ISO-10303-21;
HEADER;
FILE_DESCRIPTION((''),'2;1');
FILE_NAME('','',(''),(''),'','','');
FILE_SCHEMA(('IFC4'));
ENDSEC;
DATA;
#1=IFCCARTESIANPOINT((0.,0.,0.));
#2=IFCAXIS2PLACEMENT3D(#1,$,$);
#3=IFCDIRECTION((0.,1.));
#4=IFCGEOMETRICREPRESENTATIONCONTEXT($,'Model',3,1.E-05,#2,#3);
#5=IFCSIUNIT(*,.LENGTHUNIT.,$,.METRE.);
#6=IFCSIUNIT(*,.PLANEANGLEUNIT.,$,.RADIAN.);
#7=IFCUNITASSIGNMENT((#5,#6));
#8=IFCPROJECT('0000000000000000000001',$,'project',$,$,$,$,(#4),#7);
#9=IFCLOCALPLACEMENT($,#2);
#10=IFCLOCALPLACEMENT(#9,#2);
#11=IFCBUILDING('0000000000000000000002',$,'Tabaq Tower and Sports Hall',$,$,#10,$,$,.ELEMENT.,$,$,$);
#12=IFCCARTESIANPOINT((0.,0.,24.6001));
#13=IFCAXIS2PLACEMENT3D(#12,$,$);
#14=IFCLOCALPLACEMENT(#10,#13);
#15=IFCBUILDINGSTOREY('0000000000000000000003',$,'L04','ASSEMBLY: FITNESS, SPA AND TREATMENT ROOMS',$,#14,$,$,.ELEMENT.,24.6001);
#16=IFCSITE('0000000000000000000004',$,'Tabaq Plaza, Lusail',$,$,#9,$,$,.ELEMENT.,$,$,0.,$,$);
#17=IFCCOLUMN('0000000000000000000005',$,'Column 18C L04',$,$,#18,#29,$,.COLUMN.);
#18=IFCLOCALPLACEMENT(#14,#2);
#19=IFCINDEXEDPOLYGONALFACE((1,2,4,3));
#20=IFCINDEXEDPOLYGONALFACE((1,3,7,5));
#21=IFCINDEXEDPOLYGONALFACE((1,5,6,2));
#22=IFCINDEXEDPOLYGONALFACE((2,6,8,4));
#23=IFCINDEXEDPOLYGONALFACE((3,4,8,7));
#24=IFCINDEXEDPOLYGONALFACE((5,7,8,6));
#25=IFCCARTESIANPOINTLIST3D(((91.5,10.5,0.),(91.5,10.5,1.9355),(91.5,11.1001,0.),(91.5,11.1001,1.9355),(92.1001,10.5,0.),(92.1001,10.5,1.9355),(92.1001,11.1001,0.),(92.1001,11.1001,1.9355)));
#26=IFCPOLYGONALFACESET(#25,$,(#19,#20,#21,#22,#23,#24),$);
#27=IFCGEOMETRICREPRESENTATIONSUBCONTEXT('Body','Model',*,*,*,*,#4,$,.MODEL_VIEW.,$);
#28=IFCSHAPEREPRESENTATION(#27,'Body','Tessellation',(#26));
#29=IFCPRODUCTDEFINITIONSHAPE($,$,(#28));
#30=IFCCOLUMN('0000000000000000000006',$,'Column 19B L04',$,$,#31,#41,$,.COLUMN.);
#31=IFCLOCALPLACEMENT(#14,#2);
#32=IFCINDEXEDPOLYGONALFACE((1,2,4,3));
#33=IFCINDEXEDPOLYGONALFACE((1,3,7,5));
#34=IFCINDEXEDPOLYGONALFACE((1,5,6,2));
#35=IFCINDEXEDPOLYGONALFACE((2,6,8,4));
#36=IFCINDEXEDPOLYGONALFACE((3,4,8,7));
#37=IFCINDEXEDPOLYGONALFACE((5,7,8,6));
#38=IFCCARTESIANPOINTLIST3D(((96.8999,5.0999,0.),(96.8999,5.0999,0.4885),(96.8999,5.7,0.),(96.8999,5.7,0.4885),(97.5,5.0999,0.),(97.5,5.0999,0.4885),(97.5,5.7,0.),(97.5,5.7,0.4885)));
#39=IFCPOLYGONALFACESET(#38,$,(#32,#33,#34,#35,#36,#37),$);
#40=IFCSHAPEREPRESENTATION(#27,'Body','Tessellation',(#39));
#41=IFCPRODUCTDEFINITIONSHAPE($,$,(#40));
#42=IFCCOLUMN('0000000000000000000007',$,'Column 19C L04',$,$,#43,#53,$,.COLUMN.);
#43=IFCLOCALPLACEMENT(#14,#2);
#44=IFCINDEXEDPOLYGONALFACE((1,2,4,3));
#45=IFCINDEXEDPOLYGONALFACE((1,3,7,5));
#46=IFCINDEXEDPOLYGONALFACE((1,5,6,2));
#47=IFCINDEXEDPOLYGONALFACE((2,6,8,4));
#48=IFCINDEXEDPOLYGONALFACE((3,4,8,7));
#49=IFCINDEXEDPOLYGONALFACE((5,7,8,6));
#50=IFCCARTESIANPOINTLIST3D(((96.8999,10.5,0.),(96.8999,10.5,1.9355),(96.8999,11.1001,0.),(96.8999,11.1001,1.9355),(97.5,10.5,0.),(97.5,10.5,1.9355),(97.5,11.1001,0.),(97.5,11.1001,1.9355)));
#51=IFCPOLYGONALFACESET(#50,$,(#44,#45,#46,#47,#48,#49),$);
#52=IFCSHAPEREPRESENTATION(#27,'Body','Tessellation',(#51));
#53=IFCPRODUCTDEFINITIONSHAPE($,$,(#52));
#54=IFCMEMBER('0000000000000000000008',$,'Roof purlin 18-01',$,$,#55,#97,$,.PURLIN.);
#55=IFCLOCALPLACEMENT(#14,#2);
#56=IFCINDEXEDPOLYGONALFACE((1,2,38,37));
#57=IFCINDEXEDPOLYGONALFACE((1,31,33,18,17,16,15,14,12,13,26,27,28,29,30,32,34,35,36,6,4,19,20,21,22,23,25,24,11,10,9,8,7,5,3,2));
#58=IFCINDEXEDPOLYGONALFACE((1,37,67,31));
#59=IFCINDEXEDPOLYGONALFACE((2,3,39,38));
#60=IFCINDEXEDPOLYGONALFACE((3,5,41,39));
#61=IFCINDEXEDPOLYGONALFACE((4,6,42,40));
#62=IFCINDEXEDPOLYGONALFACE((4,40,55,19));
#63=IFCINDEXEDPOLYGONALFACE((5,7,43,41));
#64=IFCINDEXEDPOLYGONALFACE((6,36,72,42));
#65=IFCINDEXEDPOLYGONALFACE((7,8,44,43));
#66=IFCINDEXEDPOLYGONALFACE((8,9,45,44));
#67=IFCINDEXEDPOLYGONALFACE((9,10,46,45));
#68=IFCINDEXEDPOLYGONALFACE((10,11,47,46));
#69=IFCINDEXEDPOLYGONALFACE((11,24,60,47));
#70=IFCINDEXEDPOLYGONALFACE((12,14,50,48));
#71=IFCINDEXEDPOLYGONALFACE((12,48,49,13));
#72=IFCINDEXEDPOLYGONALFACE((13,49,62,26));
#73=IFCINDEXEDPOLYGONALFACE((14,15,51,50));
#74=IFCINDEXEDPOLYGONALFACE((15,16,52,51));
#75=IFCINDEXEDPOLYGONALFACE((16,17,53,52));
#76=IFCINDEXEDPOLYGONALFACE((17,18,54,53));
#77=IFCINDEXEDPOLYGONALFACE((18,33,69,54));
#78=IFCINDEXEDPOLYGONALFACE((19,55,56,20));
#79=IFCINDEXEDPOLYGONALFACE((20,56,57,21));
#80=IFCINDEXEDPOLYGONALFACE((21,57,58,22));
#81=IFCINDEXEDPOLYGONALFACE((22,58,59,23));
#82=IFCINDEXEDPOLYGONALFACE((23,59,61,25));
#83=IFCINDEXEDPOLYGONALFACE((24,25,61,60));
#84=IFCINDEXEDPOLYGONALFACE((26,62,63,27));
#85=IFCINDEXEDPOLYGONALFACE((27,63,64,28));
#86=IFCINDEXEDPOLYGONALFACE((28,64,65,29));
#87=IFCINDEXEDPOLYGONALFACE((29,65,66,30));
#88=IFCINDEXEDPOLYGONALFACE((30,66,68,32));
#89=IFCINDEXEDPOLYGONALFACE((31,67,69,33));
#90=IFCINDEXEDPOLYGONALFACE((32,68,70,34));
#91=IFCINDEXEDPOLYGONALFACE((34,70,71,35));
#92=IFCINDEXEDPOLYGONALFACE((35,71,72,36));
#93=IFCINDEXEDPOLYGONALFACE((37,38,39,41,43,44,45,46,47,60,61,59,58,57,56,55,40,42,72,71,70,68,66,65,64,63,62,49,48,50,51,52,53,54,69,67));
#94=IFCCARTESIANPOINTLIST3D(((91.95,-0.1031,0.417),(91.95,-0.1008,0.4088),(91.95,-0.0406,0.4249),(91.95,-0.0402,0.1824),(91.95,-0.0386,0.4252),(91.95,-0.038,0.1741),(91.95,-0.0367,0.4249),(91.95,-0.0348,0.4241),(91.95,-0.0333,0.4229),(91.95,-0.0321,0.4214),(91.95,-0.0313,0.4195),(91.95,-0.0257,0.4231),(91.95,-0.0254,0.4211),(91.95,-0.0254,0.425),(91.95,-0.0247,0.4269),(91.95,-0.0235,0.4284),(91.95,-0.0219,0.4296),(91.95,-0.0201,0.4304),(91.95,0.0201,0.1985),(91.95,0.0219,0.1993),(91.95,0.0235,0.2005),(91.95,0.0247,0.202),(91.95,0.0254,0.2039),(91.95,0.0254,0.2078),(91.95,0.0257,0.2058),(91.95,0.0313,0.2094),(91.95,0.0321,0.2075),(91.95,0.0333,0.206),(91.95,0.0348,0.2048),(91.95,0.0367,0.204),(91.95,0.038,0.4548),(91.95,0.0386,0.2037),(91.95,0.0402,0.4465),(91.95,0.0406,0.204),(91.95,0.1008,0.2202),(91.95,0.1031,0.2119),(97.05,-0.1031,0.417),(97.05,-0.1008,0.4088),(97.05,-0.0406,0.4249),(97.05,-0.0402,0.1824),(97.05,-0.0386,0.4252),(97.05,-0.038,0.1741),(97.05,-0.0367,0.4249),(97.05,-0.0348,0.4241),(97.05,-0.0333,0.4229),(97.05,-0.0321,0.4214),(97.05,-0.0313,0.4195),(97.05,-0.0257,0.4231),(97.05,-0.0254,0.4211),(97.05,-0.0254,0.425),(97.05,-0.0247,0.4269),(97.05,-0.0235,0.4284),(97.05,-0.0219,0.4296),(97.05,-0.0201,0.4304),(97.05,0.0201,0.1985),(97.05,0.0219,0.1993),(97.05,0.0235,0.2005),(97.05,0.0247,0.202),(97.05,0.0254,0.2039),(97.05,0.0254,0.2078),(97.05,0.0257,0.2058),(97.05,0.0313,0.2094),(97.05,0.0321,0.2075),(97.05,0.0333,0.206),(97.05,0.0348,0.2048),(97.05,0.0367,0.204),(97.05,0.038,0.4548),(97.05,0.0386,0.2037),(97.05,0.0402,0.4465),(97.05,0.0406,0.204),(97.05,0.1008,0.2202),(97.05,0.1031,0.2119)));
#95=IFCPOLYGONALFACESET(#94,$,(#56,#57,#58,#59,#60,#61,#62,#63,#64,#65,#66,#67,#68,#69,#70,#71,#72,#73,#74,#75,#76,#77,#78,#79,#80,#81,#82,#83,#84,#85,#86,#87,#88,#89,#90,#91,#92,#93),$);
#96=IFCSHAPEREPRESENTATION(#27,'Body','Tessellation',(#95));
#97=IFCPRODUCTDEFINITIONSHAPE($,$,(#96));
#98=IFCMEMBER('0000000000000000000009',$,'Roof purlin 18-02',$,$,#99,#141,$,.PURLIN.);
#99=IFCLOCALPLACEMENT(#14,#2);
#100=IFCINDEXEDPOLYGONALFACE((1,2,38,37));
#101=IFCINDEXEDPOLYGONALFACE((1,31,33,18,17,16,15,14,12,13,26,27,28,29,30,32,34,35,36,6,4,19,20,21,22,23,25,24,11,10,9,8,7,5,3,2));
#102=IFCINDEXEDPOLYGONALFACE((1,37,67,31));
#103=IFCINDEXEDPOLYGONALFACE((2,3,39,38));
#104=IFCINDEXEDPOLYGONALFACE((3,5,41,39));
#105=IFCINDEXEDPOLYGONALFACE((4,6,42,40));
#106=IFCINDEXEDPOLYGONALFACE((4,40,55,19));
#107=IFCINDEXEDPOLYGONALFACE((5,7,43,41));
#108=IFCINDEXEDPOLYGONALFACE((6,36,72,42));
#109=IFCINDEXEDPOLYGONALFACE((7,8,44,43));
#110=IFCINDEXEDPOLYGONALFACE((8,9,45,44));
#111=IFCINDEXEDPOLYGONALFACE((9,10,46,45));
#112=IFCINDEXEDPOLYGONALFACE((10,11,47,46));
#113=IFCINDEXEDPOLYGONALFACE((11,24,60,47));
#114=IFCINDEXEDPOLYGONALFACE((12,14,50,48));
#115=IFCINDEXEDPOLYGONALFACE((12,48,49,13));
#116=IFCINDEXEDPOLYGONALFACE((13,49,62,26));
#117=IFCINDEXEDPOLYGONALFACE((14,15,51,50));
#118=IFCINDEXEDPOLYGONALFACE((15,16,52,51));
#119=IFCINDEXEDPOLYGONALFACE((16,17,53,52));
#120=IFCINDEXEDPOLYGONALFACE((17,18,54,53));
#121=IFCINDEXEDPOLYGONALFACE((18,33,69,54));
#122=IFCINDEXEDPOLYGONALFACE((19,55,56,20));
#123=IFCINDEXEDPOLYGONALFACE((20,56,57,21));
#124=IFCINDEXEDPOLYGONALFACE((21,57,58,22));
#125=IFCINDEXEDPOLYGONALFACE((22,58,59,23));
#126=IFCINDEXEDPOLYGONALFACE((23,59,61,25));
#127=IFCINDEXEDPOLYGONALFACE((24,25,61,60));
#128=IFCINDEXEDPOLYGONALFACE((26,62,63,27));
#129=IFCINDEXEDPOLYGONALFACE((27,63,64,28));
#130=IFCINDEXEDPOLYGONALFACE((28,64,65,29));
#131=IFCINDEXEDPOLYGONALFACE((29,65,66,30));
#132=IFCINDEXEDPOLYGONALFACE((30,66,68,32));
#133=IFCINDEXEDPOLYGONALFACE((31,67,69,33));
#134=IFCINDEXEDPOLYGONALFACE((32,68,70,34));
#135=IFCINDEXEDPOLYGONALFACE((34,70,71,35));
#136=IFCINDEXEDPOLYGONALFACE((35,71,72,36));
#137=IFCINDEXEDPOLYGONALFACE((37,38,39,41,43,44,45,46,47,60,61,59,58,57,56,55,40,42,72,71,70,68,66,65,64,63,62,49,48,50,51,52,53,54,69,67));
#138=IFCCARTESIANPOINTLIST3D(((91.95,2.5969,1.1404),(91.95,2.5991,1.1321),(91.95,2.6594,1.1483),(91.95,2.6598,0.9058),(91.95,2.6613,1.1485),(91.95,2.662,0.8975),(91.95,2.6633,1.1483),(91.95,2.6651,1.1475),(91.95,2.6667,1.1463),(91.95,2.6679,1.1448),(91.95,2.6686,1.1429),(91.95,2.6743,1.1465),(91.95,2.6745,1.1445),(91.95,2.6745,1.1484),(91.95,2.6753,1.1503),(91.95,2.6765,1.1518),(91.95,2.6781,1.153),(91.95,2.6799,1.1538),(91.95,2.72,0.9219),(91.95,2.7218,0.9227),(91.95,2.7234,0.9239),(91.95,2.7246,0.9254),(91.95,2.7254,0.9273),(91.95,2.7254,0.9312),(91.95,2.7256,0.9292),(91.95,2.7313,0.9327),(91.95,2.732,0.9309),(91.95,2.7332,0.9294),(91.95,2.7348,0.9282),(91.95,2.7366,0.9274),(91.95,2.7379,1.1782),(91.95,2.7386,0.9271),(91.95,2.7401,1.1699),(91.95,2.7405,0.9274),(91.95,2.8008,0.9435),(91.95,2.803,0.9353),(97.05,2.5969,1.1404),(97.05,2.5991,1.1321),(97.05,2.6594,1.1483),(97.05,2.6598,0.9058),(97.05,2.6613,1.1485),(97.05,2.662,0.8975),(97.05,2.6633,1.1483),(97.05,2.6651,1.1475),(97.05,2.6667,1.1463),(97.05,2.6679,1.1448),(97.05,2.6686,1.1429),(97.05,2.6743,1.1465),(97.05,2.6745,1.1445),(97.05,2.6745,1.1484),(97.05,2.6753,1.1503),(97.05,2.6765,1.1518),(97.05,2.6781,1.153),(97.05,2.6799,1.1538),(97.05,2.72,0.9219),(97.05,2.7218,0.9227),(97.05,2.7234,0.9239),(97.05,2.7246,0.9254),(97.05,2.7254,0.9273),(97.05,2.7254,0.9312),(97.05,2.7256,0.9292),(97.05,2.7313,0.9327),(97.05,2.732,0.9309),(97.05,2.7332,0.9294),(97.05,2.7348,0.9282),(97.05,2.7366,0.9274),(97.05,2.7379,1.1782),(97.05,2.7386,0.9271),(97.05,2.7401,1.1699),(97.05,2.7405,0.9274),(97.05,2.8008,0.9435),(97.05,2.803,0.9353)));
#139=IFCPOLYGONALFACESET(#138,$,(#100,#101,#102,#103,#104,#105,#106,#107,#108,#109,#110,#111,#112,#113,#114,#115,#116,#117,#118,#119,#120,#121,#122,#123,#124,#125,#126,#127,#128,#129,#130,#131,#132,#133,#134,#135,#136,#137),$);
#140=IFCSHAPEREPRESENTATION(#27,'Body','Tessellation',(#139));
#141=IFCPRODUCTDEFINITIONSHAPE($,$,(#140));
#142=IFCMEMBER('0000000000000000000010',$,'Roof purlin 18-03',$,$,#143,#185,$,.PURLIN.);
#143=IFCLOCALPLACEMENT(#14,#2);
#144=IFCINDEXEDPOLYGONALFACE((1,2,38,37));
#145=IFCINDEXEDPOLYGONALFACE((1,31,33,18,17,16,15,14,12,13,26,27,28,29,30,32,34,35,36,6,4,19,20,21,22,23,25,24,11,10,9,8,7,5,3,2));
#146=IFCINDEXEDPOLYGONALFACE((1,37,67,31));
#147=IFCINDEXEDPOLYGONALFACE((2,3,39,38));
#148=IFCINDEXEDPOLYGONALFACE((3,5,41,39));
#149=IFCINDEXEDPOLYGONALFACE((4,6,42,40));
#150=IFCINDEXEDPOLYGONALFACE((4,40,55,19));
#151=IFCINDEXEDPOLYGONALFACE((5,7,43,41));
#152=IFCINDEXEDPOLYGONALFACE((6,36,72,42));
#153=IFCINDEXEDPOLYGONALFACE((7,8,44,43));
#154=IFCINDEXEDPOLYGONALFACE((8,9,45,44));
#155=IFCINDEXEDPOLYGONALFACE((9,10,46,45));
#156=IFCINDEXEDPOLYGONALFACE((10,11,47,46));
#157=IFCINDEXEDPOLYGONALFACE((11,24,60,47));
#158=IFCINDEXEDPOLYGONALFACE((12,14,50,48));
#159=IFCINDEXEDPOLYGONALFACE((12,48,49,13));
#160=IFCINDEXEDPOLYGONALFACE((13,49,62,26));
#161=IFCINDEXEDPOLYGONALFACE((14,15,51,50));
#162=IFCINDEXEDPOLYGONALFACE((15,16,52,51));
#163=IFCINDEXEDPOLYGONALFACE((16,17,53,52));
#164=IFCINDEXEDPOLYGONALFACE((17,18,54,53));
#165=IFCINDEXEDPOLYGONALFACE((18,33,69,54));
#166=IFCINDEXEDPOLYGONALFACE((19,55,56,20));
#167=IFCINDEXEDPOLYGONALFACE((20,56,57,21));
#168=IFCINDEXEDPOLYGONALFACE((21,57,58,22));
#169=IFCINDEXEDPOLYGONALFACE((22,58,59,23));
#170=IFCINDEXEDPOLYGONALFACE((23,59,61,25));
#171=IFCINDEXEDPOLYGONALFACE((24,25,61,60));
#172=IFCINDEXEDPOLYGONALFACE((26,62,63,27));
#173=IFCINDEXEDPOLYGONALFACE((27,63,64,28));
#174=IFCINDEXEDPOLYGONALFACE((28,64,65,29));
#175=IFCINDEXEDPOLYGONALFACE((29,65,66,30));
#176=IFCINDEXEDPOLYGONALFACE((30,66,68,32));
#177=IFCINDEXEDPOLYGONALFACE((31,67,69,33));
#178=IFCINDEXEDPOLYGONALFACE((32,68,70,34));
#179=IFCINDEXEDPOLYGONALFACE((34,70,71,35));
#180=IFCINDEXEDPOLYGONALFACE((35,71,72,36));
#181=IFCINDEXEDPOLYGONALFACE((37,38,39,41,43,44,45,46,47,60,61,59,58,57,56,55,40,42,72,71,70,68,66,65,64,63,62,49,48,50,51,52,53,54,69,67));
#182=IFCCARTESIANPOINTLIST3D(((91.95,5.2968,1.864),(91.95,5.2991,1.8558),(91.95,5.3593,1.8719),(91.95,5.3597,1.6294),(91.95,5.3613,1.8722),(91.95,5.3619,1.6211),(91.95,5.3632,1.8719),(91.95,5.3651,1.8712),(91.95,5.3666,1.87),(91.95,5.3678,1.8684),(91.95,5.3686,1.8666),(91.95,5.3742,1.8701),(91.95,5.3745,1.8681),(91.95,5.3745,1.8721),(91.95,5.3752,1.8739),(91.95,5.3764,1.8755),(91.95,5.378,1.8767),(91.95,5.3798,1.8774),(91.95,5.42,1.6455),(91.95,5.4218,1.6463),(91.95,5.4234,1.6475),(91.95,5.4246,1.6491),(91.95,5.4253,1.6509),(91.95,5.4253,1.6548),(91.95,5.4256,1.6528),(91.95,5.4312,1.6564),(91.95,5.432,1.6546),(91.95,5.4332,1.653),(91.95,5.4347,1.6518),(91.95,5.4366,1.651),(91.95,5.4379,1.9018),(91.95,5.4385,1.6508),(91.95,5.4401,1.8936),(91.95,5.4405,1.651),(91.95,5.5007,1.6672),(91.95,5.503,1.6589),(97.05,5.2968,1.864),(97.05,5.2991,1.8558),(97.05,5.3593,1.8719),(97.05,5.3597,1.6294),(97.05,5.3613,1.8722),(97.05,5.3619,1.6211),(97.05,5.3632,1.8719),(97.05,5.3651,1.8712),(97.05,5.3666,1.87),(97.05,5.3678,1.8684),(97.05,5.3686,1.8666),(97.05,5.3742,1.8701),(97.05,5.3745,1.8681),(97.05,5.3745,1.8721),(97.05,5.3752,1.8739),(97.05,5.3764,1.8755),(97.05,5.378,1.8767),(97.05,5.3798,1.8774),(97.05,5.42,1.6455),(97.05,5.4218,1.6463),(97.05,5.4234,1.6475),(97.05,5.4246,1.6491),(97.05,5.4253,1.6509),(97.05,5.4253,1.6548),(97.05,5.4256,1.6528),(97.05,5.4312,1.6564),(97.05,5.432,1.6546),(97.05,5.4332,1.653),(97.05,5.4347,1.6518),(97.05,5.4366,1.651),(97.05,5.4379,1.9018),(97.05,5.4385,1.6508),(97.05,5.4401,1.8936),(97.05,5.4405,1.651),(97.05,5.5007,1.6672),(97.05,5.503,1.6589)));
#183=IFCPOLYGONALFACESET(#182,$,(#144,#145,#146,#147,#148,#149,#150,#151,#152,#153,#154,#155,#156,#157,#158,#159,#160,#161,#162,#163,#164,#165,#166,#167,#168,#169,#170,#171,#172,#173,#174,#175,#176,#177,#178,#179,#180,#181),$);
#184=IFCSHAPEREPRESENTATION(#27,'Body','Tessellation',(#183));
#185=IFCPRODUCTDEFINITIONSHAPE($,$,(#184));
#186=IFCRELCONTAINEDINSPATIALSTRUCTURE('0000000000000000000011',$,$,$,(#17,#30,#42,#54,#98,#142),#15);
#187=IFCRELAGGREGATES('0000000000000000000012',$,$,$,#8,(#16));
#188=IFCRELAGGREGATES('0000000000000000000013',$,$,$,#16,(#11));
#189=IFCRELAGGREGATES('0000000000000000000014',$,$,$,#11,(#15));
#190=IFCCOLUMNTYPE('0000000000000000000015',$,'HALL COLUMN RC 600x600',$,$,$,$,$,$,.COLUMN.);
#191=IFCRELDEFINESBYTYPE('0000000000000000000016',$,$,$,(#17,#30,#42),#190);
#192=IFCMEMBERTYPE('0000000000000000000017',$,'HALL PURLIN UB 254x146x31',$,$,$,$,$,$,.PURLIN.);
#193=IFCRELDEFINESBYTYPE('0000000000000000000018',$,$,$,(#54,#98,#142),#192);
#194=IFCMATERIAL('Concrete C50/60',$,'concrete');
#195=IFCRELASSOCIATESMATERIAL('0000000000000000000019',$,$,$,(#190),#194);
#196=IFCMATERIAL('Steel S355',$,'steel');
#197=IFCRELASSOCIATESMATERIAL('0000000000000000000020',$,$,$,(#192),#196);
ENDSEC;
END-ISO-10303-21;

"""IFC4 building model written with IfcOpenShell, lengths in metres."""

from ifc_helpers import new_model, si_unit, direction, frame, origin, origin_2d, place, context, subcontext, project, spatial, rectangle, i_section, extrude, material, material_profile, profile_set, type_object, element, save


model = new_model("IFC4")

# Units and contexts
model_context = context("Model", 3, precision=1e-05, world=origin(), true_north=direction((0.0, 1.0)))
body_context = subcontext(model_context, "Body", "Model", "MODEL_VIEW")
ifc_project = project(units=[si_unit("LENGTHUNIT", "METRE"), si_unit("PLANEANGLEUNIT", "RADIAN")], contexts=[model_context])

# Site, building, storey
site_placement = place(None, origin())
site = spatial("IfcSite", under=ifc_project, at=site_placement, Name="Tabaq Plaza, Lusail", CompositionType="ELEMENT", RefElevation=0.0)
building_placement = place(site_placement, origin())
building = spatial("IfcBuilding", under=site, at=building_placement, Name="Tabaq Tower and Sports Hall", CompositionType="ELEMENT")
storey_placement = place(building_placement, frame((0.0, 0.0, 24.6001)))
storey = spatial("IfcBuildingStorey", under=building, at=storey_placement, Name="L04", Description="ASSEMBLY: FITNESS, SPA AND TREATMENT ROOMS", CompositionType="ELEMENT", Elevation=24.6001)

# Columns
ifc_material_1 = material(Name="Concrete C50/60", Category="concrete")
ifc_material_profile_1 = material_profile(ifc_material_1, rectangle(XDim=0.6001, YDim=0.6001, at=origin_2d()), Name="RC 600x600")
ifc_profile_set_1 = profile_set([ifc_material_profile_1], Name="Concrete C50/60")
column_type = type_object("IfcColumnType", Name="HALL COLUMN RC 600x600", PredefinedType="COLUMN", material=ifc_profile_set_1)
column_1_placement = place(storey_placement, frame((91.8, 10.8, 0.0), z_axis=(0.0, 0.0, 1.0), x_axis=(1.0, 0.0, 0.0)))
element("IfcColumn", 1, at=column_1_placement, inside=storey, type_object=column_type, Name="Column 18C L04", PredefinedType="COLUMN", context=body_context, shape_type="SweptSolid", body=[
    extrude(rectangle(XDim=0.6001, YDim=0.6001, at=origin_2d()), origin(), (0.0, 0.0, 1.0), 1.9355),
])
column_2_placement = place(storey_placement, frame((97.2, 5.3999, 0.0), z_axis=(0.0, 0.0, 1.0), x_axis=(1.0, 0.0, 0.0)))
element("IfcColumn", 2, at=column_2_placement, inside=storey, type_object=column_type, Name="Column 19B L04", PredefinedType="COLUMN", context=body_context, shape_type="SweptSolid", body=[
    extrude(rectangle(XDim=0.6001, YDim=0.6001, at=origin_2d()), origin(), (0.0, 0.0, 1.0), 0.4885),
])
column_3_placement = place(storey_placement, frame((97.2, 10.8, 0.0), z_axis=(0.0, 0.0, 1.0), x_axis=(1.0, 0.0, 0.0)))
element("IfcColumn", 3, at=column_3_placement, inside=storey, type_object=column_type, Name="Column 19C L04", PredefinedType="COLUMN", context=body_context, shape_type="SweptSolid", body=[
    extrude(rectangle(XDim=0.6001, YDim=0.6001, at=origin_2d()), origin(), (0.0, 0.0, 1.0), 1.9355),
])

# Members
ifc_material_2 = material(Name="Steel S355", Category="steel")
ifc_material_profile_2 = material_profile(ifc_material_2, i_section(OverallWidth=0.146, OverallDepth=0.2515, WebThickness=0.0061, FlangeThickness=0.0085, FilletRadius=0.0076, at=origin_2d()), Name="UB 254x146x31")
ifc_profile_set_2 = profile_set([ifc_material_profile_2], Name="Steel S355")
member_type_1 = type_object("IfcMemberType", Name="HALL PURLIN UB 254x146x31", PredefinedType="PURLIN", material=ifc_profile_set_2)
for number, where, z_axis, x_axis, name in (
    (4, (91.95, 0.0, 0.3145), (1.0, 0.0, 0.0), (0.0, 0.965926, 0.258819), "Roof purlin 18-01"),
    (5, (91.95, 2.7, 1.0378), (1.0, 0.0, 0.0), (0.0, 0.965926, 0.258819), "Roof purlin 18-02"),
    (6, (91.95, 5.3999, 1.7615), (1.0, 0.0, 0.0), (0.0, 0.965926, 0.258819), "Roof purlin 18-03"),
):
    element("IfcMember", number, at=place(storey_placement, frame(where, z_axis=z_axis, x_axis=x_axis)), inside=storey, type_object=member_type_1, Name=name, PredefinedType="PURLIN", context=body_context, shape_type="SweptSolid", body=[
        extrude(i_section(OverallWidth=0.146, OverallDepth=0.2515, WebThickness=0.0061, FlangeThickness=0.0085, FilletRadius=0.0076, at=origin_2d()), origin(), (0.0, 0.0, 1.0), 5.1001),
    ])

save(model, "model.ifc")
